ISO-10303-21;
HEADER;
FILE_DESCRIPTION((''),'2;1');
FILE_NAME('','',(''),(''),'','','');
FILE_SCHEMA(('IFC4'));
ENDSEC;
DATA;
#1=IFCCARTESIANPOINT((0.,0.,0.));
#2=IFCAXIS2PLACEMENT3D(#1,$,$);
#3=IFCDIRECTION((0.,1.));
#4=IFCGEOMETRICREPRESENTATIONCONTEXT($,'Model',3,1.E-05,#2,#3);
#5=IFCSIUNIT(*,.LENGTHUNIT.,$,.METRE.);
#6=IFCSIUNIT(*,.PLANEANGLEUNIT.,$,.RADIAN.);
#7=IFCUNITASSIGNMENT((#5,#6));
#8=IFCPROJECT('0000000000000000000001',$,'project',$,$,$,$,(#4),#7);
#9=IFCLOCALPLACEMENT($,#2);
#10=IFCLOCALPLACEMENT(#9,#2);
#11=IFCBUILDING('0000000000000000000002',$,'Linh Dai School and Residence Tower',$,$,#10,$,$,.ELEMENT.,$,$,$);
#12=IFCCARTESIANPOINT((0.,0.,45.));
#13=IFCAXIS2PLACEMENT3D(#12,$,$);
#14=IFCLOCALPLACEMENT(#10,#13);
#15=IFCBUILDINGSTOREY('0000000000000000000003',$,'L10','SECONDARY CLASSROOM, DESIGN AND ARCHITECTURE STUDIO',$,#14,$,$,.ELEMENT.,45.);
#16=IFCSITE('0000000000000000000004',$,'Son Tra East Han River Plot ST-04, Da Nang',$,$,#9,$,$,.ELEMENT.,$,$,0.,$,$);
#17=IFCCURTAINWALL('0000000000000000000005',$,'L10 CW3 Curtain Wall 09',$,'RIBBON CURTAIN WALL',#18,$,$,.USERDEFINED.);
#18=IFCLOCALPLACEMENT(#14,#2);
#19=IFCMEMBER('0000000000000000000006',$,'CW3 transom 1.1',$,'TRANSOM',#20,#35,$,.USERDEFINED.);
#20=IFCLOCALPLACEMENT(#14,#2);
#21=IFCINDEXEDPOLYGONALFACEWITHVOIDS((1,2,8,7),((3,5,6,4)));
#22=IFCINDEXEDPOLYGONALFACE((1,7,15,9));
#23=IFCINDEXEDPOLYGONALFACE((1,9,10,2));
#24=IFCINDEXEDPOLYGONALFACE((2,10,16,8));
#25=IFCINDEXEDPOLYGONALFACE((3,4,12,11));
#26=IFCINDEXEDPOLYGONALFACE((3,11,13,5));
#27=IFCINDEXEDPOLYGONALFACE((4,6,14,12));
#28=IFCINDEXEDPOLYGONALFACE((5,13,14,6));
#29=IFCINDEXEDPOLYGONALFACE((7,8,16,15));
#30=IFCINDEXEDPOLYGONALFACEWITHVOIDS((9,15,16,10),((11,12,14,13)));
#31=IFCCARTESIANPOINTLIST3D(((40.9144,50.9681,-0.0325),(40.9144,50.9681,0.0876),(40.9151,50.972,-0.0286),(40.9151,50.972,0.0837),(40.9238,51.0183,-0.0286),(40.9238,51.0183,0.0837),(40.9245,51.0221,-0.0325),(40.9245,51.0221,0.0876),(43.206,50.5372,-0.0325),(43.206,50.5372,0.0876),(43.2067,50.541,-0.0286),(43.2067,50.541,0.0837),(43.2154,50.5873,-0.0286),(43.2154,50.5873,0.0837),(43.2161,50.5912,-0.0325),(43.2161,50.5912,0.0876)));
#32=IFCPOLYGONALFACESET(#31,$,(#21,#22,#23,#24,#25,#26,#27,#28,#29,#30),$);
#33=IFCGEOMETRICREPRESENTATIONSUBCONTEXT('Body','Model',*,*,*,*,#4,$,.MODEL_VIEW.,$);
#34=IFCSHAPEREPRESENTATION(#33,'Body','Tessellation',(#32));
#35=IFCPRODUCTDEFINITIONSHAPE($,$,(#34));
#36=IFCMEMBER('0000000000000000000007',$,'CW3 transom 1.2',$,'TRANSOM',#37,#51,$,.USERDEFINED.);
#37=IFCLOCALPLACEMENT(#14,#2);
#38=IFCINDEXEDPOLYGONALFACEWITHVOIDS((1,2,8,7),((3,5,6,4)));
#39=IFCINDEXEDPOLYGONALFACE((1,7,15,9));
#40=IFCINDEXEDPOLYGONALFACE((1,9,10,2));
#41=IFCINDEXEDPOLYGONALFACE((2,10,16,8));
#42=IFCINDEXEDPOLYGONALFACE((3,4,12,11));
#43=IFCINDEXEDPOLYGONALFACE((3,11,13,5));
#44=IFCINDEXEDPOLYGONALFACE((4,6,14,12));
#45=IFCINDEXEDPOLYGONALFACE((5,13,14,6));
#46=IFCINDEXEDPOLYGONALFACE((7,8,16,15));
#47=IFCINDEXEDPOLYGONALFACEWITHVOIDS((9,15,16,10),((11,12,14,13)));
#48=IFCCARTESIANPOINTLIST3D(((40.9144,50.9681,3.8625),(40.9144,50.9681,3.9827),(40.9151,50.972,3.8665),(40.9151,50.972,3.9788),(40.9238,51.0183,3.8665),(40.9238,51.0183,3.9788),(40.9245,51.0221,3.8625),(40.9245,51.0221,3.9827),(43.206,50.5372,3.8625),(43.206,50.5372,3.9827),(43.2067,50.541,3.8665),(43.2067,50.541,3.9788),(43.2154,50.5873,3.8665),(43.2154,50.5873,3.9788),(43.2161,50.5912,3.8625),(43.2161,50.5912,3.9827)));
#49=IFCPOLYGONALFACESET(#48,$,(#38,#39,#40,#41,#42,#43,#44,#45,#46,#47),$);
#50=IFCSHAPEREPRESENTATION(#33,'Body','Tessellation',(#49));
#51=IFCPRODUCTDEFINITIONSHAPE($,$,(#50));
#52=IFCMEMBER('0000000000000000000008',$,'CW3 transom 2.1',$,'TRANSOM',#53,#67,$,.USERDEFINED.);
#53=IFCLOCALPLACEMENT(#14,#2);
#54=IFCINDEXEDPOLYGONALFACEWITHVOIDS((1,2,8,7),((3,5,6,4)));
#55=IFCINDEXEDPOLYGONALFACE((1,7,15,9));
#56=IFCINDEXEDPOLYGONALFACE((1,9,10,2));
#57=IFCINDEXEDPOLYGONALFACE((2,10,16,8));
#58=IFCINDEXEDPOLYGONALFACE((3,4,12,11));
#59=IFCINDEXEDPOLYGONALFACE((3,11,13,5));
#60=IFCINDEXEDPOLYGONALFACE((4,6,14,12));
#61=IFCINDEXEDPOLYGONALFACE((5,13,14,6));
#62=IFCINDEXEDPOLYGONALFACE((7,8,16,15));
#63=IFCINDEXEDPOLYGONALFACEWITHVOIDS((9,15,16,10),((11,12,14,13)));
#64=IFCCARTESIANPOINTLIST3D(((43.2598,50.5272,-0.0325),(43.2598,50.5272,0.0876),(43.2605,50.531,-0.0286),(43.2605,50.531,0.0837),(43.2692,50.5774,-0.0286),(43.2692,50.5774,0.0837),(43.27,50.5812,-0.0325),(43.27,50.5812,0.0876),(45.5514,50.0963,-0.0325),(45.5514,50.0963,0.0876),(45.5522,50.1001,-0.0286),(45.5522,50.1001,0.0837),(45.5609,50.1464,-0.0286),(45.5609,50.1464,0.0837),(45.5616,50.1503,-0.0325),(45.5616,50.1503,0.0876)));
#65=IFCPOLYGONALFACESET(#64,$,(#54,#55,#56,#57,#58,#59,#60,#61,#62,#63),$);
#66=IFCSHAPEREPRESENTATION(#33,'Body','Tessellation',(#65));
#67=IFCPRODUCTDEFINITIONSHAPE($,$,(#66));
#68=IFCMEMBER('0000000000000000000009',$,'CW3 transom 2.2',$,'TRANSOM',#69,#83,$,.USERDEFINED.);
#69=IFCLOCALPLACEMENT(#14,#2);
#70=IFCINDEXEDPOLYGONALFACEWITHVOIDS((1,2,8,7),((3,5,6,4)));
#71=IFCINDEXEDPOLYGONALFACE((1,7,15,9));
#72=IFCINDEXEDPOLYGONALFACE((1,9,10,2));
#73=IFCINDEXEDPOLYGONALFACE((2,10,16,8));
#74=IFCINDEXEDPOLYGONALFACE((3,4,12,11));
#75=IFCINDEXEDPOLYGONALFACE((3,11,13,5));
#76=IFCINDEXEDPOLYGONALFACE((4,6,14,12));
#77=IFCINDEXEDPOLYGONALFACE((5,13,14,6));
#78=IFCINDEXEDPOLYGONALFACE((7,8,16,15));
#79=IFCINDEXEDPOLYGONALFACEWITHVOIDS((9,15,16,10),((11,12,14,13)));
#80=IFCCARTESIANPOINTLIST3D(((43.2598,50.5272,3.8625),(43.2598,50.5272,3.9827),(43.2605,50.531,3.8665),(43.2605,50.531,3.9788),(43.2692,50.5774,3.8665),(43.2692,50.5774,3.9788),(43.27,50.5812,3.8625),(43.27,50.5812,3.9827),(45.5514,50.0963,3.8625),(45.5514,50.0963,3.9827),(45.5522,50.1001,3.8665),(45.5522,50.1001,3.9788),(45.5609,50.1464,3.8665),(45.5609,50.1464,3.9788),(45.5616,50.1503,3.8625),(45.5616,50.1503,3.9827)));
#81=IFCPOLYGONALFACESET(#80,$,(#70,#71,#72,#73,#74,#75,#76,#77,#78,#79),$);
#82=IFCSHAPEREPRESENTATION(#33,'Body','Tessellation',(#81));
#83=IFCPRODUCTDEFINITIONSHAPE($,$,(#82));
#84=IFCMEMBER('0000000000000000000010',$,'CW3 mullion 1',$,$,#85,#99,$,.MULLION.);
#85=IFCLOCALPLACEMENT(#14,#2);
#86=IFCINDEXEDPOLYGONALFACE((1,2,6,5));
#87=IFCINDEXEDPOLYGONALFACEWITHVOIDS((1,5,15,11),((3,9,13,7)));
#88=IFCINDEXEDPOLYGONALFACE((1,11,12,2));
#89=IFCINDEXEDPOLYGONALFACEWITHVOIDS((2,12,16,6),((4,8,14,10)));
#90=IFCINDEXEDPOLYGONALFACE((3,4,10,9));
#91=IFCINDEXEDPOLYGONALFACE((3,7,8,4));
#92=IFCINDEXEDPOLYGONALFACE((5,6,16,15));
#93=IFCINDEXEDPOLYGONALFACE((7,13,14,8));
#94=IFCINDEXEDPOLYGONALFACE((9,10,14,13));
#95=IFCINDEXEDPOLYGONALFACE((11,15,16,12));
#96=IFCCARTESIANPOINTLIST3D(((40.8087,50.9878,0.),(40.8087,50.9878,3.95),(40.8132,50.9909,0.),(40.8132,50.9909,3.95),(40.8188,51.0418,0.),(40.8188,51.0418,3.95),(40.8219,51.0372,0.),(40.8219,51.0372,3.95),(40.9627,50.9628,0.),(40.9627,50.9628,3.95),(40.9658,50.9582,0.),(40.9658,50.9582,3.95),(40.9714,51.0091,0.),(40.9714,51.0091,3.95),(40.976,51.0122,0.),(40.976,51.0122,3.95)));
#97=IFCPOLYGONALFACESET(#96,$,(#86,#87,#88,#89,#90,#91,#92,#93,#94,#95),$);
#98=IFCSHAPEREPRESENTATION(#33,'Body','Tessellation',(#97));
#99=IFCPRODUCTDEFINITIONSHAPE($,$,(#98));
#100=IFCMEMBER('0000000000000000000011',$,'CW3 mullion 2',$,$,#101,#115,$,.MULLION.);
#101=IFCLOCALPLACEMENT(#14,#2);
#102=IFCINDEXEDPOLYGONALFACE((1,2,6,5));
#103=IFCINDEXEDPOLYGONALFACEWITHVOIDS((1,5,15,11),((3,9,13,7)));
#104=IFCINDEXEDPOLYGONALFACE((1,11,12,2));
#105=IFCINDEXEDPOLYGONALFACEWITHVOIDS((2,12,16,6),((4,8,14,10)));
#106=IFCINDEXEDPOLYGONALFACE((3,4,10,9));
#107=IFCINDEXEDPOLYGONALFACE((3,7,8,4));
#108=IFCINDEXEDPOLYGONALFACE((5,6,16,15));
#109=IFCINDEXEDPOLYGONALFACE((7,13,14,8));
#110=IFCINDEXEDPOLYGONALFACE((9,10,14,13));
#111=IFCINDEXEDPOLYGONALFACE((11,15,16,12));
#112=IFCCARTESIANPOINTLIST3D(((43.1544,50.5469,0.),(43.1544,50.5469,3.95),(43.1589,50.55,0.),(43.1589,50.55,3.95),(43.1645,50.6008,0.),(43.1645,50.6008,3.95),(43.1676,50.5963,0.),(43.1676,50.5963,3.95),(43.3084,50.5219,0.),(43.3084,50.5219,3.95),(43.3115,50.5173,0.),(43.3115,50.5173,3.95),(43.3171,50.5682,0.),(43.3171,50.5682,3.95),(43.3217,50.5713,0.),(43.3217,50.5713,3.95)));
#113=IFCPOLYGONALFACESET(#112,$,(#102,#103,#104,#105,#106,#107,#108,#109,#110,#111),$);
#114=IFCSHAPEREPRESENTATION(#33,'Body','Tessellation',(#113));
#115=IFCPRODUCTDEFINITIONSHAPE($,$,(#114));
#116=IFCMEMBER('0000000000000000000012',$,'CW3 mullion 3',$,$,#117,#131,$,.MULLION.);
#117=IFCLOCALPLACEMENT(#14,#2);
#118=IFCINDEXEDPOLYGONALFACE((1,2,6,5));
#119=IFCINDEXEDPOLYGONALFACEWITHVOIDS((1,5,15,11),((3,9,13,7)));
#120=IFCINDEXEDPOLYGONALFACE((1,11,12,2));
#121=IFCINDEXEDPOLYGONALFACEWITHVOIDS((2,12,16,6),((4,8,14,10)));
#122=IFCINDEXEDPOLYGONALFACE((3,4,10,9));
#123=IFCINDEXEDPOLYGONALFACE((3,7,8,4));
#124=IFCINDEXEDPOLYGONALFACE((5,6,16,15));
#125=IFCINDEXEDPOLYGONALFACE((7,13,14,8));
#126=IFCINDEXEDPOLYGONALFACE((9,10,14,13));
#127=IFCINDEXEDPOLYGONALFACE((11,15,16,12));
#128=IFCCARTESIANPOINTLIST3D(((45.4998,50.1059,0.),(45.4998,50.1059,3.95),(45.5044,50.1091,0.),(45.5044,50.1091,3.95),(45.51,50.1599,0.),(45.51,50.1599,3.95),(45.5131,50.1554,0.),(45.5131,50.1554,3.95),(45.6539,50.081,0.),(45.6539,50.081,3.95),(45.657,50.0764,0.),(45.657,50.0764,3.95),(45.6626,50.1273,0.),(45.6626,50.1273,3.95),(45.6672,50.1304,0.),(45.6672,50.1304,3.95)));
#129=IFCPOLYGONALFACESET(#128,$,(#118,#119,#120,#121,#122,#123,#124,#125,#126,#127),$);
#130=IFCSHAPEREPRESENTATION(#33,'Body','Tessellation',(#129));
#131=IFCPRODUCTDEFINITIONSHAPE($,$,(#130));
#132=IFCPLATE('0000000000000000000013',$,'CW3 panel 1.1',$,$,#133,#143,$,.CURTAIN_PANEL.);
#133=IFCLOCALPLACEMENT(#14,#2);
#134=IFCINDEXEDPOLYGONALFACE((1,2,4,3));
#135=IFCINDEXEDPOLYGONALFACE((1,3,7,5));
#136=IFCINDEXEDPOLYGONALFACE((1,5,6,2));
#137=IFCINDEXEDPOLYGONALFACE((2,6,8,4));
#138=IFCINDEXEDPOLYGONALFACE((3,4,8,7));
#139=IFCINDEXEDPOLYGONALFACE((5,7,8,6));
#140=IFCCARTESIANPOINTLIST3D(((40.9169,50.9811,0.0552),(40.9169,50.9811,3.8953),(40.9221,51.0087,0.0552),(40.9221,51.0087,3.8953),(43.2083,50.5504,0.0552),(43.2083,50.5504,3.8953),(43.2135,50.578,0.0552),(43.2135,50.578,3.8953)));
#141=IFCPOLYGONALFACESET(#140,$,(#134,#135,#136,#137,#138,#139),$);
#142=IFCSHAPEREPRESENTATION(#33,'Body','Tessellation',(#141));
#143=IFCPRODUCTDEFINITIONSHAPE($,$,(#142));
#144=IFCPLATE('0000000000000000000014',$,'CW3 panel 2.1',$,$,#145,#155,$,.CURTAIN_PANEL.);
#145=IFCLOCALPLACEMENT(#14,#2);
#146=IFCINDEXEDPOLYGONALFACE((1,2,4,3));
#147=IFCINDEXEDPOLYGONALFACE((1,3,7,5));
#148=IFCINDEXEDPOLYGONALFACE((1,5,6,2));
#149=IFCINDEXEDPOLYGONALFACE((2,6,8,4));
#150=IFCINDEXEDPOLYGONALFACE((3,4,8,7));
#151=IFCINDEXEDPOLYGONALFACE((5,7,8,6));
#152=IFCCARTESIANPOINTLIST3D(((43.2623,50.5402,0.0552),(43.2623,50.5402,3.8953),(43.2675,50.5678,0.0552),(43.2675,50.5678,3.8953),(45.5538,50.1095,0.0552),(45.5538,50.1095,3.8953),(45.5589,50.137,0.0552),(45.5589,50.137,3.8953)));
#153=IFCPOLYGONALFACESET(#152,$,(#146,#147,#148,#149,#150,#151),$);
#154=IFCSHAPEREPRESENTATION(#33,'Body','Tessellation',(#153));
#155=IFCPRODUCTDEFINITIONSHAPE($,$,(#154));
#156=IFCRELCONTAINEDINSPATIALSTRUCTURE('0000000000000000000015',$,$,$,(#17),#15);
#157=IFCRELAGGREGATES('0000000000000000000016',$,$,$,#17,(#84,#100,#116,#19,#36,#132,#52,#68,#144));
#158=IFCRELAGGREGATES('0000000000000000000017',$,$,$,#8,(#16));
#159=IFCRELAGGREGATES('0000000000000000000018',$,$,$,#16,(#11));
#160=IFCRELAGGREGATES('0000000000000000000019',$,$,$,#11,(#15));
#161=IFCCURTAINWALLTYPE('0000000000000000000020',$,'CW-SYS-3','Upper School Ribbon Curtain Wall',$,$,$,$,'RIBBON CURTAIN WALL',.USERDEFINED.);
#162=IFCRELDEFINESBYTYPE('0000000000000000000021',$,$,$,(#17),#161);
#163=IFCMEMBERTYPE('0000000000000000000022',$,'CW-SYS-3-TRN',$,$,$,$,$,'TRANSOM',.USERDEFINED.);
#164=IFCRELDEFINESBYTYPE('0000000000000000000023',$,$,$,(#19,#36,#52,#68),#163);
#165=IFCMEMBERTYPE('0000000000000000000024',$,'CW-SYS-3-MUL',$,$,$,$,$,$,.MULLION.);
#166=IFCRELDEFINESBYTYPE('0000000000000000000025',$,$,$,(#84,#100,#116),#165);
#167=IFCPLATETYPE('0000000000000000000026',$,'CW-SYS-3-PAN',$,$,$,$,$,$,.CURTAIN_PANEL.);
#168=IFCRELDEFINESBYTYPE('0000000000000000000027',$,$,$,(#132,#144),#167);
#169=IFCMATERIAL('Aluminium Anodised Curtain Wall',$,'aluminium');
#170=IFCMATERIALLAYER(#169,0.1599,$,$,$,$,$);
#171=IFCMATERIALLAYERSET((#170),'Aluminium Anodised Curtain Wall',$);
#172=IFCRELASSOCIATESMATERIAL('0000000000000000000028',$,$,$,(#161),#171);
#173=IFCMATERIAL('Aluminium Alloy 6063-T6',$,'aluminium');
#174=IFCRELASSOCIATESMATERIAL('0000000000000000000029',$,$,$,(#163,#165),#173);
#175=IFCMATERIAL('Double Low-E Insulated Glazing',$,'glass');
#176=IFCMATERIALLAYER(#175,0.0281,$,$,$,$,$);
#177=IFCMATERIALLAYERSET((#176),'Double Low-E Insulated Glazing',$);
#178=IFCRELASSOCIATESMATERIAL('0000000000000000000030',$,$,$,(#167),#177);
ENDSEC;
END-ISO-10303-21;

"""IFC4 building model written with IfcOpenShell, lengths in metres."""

from ifc_helpers import new_model, si_unit, direction, frame, origin, origin_2d, place, context, subcontext, project, spatial, rectangle, hollow_rectangle, extrude, source, transform, mapped, material, layer, layer_set, material_profile, profile_set, type_object, element, aggregate, save


model = new_model("IFC4")

# Units and contexts
model_context = context("Model", 3, precision=1e-05, world=origin(), true_north=direction((0.0, 1.0)))
body_context = subcontext(model_context, "Body", "Model", "MODEL_VIEW")
ifc_project = project(units=[si_unit("LENGTHUNIT", "METRE"), si_unit("PLANEANGLEUNIT", "RADIAN")], contexts=[model_context])

# Site, building, storey
site_placement = place(None, origin())
site = spatial("IfcSite", under=ifc_project, at=site_placement, Name="Son Tra East Han River Plot ST-04, Da Nang", CompositionType="ELEMENT", RefElevation=0.0)
building_placement = place(site_placement, origin())
building = spatial("IfcBuilding", under=site, at=building_placement, Name="Linh Dai School and Residence Tower", CompositionType="ELEMENT")
storey_placement = place(building_placement, frame((0.0, 0.0, 45.0)))
storey = spatial("IfcBuildingStorey", under=building, at=storey_placement, Name="L10", Description="SECONDARY CLASSROOM, DESIGN AND ARCHITECTURE STUDIO", CompositionType="ELEMENT", Elevation=45.0)

# Curtain wall, members, plates
ifc_material_1 = material(Name="Aluminium Anodised Curtain Wall", Category="aluminium")
ifc_layer_1 = layer(ifc_material_1, 0.1599)
ifc_layer_set_1 = layer_set([ifc_layer_1], Name="Aluminium Anodised Curtain Wall")
curtain_wall_type = type_object("IfcCurtainWallType", Name="CW-SYS-3", Description="Upper School Ribbon Curtain Wall", ElementType="RIBBON CURTAIN WALL", PredefinedType="USERDEFINED", material=ifc_layer_set_1)
curtain_wall_placement = place(storey_placement, origin())
curtain_wall = element("IfcCurtainWall", 1, at=curtain_wall_placement, inside=storey, type_object=curtain_wall_type, Name="L10 CW3 Curtain Wall 09", ObjectType="RIBBON CURTAIN WALL", PredefinedType="USERDEFINED")
ifc_material_2 = material(Name="Aluminium Alloy 6063-T6", Category="aluminium")
ifc_material_profile_1 = material_profile(ifc_material_2, hollow_rectangle(XDim=0.0549, YDim=0.1201, WallThickness=0.0039, at=origin_2d()), Name="RHS 120x55x4")
ifc_profile_set_1 = profile_set([ifc_material_profile_1], Name="Aluminium Alloy 6063-T6")
member_type_1 = type_object("IfcMemberType", Name="CW-SYS-3-TRN", ElementType="TRANSOM", PredefinedType="USERDEFINED", material=ifc_profile_set_1)
shared_shape_1 = source(origin(), body_context, "Body", "SweptSolid", [
    extrude(hollow_rectangle(XDim=0.0549, YDim=0.1201, WallThickness=0.0039, at=origin_2d()), origin(), (0.0, 0.0, 1.0), 2.3318),
])
member_1_placement = place(storey_placement, frame((40.9194, 50.9951, 0.0276), z_axis=(0.982775, -0.184807, 0.0), x_axis=(0.184807, 0.982775, 0.0)))
member_1 = element("IfcMember", 2, at=member_1_placement, type_object=member_type_1, Name="CW3 transom 1.1", ObjectType="TRANSOM", PredefinedType="USERDEFINED", context=body_context, shape_type="MappedRepresentation", body=[
    mapped(shared_shape_1, transform((0.0, 0.0, 0.0), x_axis=(1.0, 0.0, 0.0), y_axis=(0.0, 1.0, 0.0), z_axis=(0.0, 0.0, 1.0), scale=1.0)),
])
member_2_placement = place(storey_placement, frame((40.9194, 50.9951, 3.9226), z_axis=(0.982775, -0.184807, 0.0), x_axis=(0.184807, 0.982775, 0.0)))
member_2 = element("IfcMember", 3, at=member_2_placement, type_object=member_type_1, Name="CW3 transom 1.2", ObjectType="TRANSOM", PredefinedType="USERDEFINED", context=body_context, shape_type="MappedRepresentation", body=[
    mapped(shared_shape_1, transform((0.0, 0.0, 0.0), x_axis=(1.0, 0.0, 0.0), y_axis=(0.0, 1.0, 0.0), z_axis=(0.0, 0.0, 1.0), scale=1.0)),
])
member_3_placement = place(storey_placement, frame((43.2649, 50.5542, 0.0276), z_axis=(0.982775, -0.184807, 0.0), x_axis=(0.184807, 0.982775, 0.0)))
member_3 = element("IfcMember", 4, at=member_3_placement, type_object=member_type_1, Name="CW3 transom 2.1", ObjectType="TRANSOM", PredefinedType="USERDEFINED", context=body_context, shape_type="MappedRepresentation", body=[
    mapped(shared_shape_1, transform((0.0, 0.0, 0.0), x_axis=(1.0, 0.0, 0.0), y_axis=(0.0, 1.0, 0.0), z_axis=(0.0, 0.0, 1.0), scale=1.0)),
])
member_4_placement = place(storey_placement, frame((43.2649, 50.5542, 3.9226), z_axis=(0.982775, -0.184807, 0.0), x_axis=(0.184807, 0.982775, 0.0)))
member_4 = element("IfcMember", 5, at=member_4_placement, type_object=member_type_1, Name="CW3 transom 2.2", ObjectType="TRANSOM", PredefinedType="USERDEFINED", context=body_context, shape_type="MappedRepresentation", body=[
    mapped(shared_shape_1, transform((0.0, 0.0, 0.0), x_axis=(1.0, 0.0, 0.0), y_axis=(0.0, 1.0, 0.0), z_axis=(0.0, 0.0, 1.0), scale=1.0)),
])
ifc_material_profile_2 = material_profile(ifc_material_2, hollow_rectangle(XDim=0.0549, YDim=0.1599, WallThickness=0.0039, at=origin_2d()), Name="RHS 160x55x4")
ifc_profile_set_2 = profile_set([ifc_material_profile_2], Name="Aluminium Alloy 6063-T6")
member_type_2 = type_object("IfcMemberType", Name="CW-SYS-3-MUL", PredefinedType="MULLION", material=ifc_profile_set_2)
shared_shape_2 = source(origin(), body_context, "Body", "SweptSolid", [
    extrude(hollow_rectangle(XDim=0.0549, YDim=0.1599, WallThickness=0.0039, at=origin_2d()), origin(), (0.0, 0.0, 1.0), 3.95),
])
member_5_placement = place(storey_placement, frame((40.8923, 51.0, 0.0), z_axis=(0.0, 0.0, 1.0), x_axis=(0.184748, 0.982786, 0.0)))
member_5 = element("IfcMember", 6, at=member_5_placement, type_object=member_type_2, Name="CW3 mullion 1", PredefinedType="MULLION", context=body_context, shape_type="MappedRepresentation", body=[
    mapped(shared_shape_2, transform((0.0, 0.0, 0.0), x_axis=(1.0, 0.0, 0.0), y_axis=(0.0, 1.0, 0.0), z_axis=(0.0, 0.0, 1.0), scale=1.0)),
])
member_6_placement = place(storey_placement, frame((43.238, 50.5591, 0.0), z_axis=(0.0, 0.0, 1.0), x_axis=(0.184748, 0.982786, 0.0)))
member_6 = element("IfcMember", 7, at=member_6_placement, type_object=member_type_2, Name="CW3 mullion 2", PredefinedType="MULLION", context=body_context, shape_type="MappedRepresentation", body=[
    mapped(shared_shape_2, transform((0.0, 0.0, 0.0), x_axis=(1.0, 0.0, 0.0), y_axis=(0.0, 1.0, 0.0), z_axis=(0.0, 0.0, 1.0), scale=1.0)),
])
member_7_placement = place(storey_placement, frame((45.5835, 50.1182, 0.0), z_axis=(0.0, 0.0, 1.0), x_axis=(0.184748, 0.982786, 0.0)))
member_7 = element("IfcMember", 8, at=member_7_placement, type_object=member_type_2, Name="CW3 mullion 3", PredefinedType="MULLION", context=body_context, shape_type="MappedRepresentation", body=[
    mapped(shared_shape_2, transform((0.0, 0.0, 0.0), x_axis=(1.0, 0.0, 0.0), y_axis=(0.0, 1.0, 0.0), z_axis=(0.0, 0.0, 1.0), scale=1.0)),
])
ifc_material_3 = material(Name="Double Low-E Insulated Glazing", Category="glass")
ifc_layer_2 = layer(ifc_material_3, 0.0281)
ifc_layer_set_2 = layer_set([ifc_layer_2], Name="Double Low-E Insulated Glazing")
plate_type = type_object("IfcPlateType", Name="CW-SYS-3-PAN", PredefinedType="CURTAIN_PANEL", material=ifc_layer_set_2)
shared_shape_3 = source(origin(), body_context, "Body", "SweptSolid", [
    extrude(rectangle(XDim=2.3315, YDim=0.0281, at=origin_2d()), origin(), (0.0, 0.0, 1.0), 3.8401),
])
plate_1_placement = place(storey_placement, frame((42.0652, 50.7795, 0.0552), z_axis=(0.0, 0.0, 1.0), x_axis=(0.982786, -0.184748, 0.0)))
plate_1 = element("IfcPlate", 9, at=plate_1_placement, type_object=plate_type, Name="CW3 panel 1.1", PredefinedType="CURTAIN_PANEL", context=body_context, shape_type="MappedRepresentation", body=[
    mapped(shared_shape_3, transform((0.0, 0.0, 0.0), x_axis=(1.0, 0.0, 0.0), y_axis=(0.0, 1.0, 0.0), z_axis=(0.0, 0.0, 1.0), scale=1.0)),
])
plate_2_placement = place(storey_placement, frame((44.4106, 50.3386, 0.0552), z_axis=(0.0, 0.0, 1.0), x_axis=(0.982786, -0.184748, 0.0)))
plate_2 = element("IfcPlate", 10, at=plate_2_placement, type_object=plate_type, Name="CW3 panel 2.1", PredefinedType="CURTAIN_PANEL", context=body_context, shape_type="MappedRepresentation", body=[
    mapped(shared_shape_3, transform((0.0, 0.0, 0.0), x_axis=(1.0, 0.0, 0.0), y_axis=(0.0, 1.0, 0.0), z_axis=(0.0, 0.0, 1.0), scale=1.0)),
])
aggregate(curtain_wall, [member_5, member_6, member_7, member_1, member_2, plate_1, member_3, member_4, plate_2])

save(model, "model.ifc")
